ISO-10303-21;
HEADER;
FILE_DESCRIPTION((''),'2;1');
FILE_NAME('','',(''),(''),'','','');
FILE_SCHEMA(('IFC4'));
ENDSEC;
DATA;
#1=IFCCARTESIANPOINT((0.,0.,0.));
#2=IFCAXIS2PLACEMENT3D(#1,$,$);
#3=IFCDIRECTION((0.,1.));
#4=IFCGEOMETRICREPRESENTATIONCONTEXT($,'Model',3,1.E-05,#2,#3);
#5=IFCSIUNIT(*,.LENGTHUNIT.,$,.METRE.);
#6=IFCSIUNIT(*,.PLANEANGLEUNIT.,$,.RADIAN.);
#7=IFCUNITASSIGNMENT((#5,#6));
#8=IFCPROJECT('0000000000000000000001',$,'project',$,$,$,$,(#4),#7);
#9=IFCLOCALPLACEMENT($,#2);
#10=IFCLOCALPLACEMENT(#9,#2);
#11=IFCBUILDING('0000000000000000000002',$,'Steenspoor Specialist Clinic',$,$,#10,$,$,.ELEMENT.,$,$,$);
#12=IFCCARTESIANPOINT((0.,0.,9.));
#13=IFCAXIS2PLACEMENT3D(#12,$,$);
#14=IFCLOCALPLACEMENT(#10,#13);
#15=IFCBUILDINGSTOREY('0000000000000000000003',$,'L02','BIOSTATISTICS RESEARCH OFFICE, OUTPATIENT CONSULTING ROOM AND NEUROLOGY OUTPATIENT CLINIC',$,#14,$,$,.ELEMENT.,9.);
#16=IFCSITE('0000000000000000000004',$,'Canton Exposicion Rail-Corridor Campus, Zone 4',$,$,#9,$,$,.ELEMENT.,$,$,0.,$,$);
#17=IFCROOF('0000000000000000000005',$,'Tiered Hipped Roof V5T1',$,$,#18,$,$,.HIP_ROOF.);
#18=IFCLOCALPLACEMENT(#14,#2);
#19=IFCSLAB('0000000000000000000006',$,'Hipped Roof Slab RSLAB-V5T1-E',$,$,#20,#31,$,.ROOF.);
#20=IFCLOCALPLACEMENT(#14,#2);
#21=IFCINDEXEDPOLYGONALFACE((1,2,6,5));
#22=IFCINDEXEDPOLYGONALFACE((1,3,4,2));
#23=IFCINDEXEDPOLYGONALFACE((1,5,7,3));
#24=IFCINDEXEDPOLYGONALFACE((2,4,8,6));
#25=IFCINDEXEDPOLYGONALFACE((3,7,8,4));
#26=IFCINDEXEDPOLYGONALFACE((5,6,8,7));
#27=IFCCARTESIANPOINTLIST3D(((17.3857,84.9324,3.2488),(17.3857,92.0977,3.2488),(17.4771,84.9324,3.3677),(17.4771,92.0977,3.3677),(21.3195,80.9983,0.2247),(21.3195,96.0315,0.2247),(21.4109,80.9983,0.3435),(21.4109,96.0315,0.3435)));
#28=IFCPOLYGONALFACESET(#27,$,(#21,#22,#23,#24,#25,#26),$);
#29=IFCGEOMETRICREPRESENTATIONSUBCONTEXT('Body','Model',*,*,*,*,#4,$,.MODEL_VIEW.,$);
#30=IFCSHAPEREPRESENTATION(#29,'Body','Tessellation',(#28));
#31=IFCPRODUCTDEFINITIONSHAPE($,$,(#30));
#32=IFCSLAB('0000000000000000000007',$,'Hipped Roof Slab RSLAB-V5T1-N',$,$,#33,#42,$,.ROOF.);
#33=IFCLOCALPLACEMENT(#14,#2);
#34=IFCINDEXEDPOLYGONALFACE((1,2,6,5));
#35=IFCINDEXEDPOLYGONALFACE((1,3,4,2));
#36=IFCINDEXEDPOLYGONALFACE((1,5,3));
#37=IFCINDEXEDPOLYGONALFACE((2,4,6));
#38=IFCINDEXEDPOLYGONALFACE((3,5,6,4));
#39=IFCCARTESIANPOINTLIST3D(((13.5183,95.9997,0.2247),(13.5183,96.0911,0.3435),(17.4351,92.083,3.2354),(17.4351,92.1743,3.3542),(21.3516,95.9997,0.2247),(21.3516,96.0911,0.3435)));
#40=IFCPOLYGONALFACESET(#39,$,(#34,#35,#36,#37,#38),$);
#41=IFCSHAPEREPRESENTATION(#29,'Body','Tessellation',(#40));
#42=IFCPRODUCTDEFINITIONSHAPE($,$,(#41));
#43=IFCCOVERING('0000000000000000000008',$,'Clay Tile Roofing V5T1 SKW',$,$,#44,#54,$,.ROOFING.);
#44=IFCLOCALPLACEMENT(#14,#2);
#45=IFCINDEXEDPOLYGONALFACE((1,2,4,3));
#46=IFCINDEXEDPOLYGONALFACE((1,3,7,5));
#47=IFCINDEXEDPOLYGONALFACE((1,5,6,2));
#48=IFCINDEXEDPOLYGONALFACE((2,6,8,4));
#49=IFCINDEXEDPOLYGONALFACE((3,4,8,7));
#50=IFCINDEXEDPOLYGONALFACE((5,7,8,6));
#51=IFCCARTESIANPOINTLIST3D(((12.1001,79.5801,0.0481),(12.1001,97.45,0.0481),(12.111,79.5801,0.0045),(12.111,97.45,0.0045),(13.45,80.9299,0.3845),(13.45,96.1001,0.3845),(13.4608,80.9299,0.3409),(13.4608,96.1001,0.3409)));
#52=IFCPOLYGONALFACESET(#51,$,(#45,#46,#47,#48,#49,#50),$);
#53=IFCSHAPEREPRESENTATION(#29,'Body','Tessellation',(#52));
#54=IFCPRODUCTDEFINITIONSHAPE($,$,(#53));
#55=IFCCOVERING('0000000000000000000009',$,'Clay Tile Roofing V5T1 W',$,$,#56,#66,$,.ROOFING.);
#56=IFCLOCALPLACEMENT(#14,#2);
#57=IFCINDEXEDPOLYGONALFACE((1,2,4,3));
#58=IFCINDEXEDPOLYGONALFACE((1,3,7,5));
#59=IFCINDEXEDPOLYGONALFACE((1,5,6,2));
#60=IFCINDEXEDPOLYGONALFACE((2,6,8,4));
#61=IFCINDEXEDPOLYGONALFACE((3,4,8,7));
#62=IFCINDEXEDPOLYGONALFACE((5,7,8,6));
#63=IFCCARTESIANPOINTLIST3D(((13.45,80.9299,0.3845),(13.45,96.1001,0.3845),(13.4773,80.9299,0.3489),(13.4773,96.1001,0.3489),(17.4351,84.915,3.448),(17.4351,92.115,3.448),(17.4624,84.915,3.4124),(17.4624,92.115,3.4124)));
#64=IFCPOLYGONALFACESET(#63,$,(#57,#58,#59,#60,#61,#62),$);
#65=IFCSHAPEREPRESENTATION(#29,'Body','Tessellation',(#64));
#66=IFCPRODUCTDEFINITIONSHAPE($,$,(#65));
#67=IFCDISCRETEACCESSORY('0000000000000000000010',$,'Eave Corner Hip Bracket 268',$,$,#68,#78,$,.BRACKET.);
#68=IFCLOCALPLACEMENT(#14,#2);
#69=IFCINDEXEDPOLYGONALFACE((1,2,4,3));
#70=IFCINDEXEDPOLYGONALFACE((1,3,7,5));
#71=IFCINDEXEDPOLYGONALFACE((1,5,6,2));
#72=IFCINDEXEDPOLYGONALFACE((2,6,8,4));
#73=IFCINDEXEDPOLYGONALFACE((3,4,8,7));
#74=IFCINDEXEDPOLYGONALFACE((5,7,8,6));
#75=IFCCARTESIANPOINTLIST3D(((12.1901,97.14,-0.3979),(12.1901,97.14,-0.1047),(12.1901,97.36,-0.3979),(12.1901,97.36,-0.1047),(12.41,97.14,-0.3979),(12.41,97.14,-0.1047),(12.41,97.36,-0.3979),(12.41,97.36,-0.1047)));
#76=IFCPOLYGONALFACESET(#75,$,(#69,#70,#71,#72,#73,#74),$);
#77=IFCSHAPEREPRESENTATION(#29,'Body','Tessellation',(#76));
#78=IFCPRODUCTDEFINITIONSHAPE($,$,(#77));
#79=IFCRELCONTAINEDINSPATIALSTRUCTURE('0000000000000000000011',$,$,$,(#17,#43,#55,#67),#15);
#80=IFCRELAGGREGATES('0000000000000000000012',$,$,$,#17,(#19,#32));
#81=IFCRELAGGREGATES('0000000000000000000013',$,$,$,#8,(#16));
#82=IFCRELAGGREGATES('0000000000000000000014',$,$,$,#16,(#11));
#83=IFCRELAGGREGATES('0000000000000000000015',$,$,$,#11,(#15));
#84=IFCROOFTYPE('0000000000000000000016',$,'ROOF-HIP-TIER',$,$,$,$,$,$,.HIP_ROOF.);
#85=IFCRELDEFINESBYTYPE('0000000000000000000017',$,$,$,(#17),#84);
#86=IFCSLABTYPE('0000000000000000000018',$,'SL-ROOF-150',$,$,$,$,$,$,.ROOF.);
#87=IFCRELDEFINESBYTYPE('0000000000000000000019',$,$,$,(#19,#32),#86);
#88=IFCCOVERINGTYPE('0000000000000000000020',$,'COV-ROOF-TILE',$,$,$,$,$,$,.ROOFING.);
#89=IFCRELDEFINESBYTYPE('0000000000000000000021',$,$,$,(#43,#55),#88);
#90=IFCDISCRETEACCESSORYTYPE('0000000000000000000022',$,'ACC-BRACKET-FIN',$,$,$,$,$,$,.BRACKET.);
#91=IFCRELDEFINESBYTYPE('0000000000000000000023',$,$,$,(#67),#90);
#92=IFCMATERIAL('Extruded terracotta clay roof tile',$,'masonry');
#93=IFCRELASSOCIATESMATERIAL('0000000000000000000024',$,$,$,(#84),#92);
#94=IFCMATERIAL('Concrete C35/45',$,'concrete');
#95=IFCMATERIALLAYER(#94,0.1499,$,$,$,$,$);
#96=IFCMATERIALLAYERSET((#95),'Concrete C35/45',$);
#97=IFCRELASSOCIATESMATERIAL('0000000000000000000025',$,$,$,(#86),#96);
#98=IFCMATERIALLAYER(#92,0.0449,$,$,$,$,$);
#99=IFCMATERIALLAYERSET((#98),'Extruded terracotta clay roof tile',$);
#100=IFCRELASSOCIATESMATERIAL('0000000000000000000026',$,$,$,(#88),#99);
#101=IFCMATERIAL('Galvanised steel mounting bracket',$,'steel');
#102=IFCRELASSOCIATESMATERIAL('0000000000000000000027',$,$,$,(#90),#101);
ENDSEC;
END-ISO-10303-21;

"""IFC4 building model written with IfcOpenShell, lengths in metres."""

from ifc_helpers import new_model, si_unit, direction, frame, origin, origin_2d, place, context, subcontext, project, spatial, polyline, rectangle, outline, extrude, material, layer, layer_set, type_object, element, aggregate, save


model = new_model("IFC4")

# Units and contexts
model_context = context("Model", 3, precision=1e-05, world=origin(), true_north=direction((0.0, 1.0)))
body_context = subcontext(model_context, "Body", "Model", "MODEL_VIEW")
ifc_project = project(units=[si_unit("LENGTHUNIT", "METRE"), si_unit("PLANEANGLEUNIT", "RADIAN")], contexts=[model_context])

# Site, building, storey
site_placement = place(None, origin())
site = spatial("IfcSite", under=ifc_project, at=site_placement, Name="Canton Exposicion Rail-Corridor Campus, Zone 4", CompositionType="ELEMENT", RefElevation=0.0)
building_placement = place(site_placement, origin())
building = spatial("IfcBuilding", under=site, at=building_placement, Name="Steenspoor Specialist Clinic", CompositionType="ELEMENT")
storey_placement = place(building_placement, frame((0.0, 0.0, 9.0)))
storey = spatial("IfcBuildingStorey", under=building, at=storey_placement, Name="L02", Description="BIOSTATISTICS RESEARCH OFFICE, OUTPATIENT CONSULTING ROOM AND NEUROLOGY OUTPATIENT CLINIC", CompositionType="ELEMENT", Elevation=9.0)

# Roof, slabs
ifc_material_1 = material(Name="Extruded terracotta clay roof tile", Category="masonry")
roof_type = type_object("IfcRoofType", Name="ROOF-HIP-TIER", PredefinedType="HIP_ROOF", material=ifc_material_1)
roof_placement = place(storey_placement, origin())
roof = element("IfcRoof", 1, at=roof_placement, inside=storey, type_object=roof_type, Name="Tiered Hipped Roof V5T1", PredefinedType="HIP_ROOF")
ifc_material_2 = material(Name="Concrete C35/45", Category="concrete")
ifc_layer_1 = layer(ifc_material_2, 0.1499)
ifc_layer_set_1 = layer_set([ifc_layer_1], Name="Concrete C35/45")
slab_type = type_object("IfcSlabType", Name="SL-ROOF-150", PredefinedType="ROOF", material=ifc_layer_set_1)
slab_1_placement = place(storey_placement, frame((21.4109, 96.0315, 0.3435), z_axis=(0.609475, 0.0, 0.792805), x_axis=(-0.621251, -0.621251, 0.477592)))
slab_1 = element("IfcSlab", 2, at=slab_1_placement, type_object=slab_type, Name="Hipped Roof Slab RSLAB-V5T1-E", PredefinedType="ROOF", context=body_context, shape_type="SweptSolid", body=[
    extrude(outline(polyline([(0.0, 0.0), (6.3321, 0.0), (10.7836, 5.6148), (9.3394, 11.7802), (0.0, 0.0)])), origin(), (0.0, 0.0, -1.0), 0.1499),
])
slab_2_placement = place(storey_placement, frame((17.4351, 92.1743, 3.3542), z_axis=(0.0, 0.609438, 0.792833), x_axis=(0.621241, 0.62128, -0.477568)))
slab_2 = element("IfcSlab", 3, at=slab_2_placement, type_object=slab_type, Name="Hipped Roof Slab RSLAB-V5T1-N", PredefinedType="ROOF", context=body_context, shape_type="SweptSolid", body=[
    extrude(outline(polyline([(0.0, 0.0), (6.3043, 0.0), (1.438, 6.1383), (0.0, 0.0)])), origin(), (0.0, 0.0, -1.0), 0.1499),
])
aggregate(roof, [slab_1, slab_2])

# Coverings
ifc_layer_2 = layer(ifc_material_1, 0.0449)
ifc_layer_set_2 = layer_set([ifc_layer_2], Name="Extruded terracotta clay roof tile")
covering_type = type_object("IfcCoveringType", Name="COV-ROOF-TILE", PredefinedType="ROOFING", material=ifc_layer_set_2)
covering_1_placement = place(storey_placement, frame((12.1001, 97.45, 0.0481), z_axis=(-0.241834, 0.0, 0.970318), x_axis=(0.0, -1.0, 0.0)))
element("IfcCovering", 4, at=covering_1_placement, inside=storey, type_object=covering_type, Name="Clay Tile Roofing V5T1 SKW", PredefinedType="ROOFING", context=body_context, shape_type="SweptSolid", body=[
    extrude(outline(polyline([(0.0, 0.0), (17.8699, 0.0), (16.52, 1.3911), (1.3499, 1.3911), (0.0, 0.0)])), origin(), (0.0, 0.0, -1.0), 0.0449),
])
covering_2_placement = place(storey_placement, frame((13.45, 96.1001, 0.3845), z_axis=(-0.609462, 0.0, 0.792815), x_axis=(0.0, -1.0, 0.0)))
element("IfcCovering", 5, at=covering_2_placement, inside=storey, type_object=covering_type, Name="Clay Tile Roofing V5T1 W", PredefinedType="ROOFING", context=body_context, shape_type="SweptSolid", body=[
    extrude(outline(polyline([(0.0, 0.0), (15.1702, 0.0), (11.1851, 5.0265), (3.9851, 5.0265), (0.0, 0.0)])), origin(), (0.0, 0.0, -1.0), 0.0449),
])

# Discrete accessory
ifc_material_3 = material(Name="Galvanised steel mounting bracket", Category="steel")
discrete_accessory_type = type_object("IfcDiscreteAccessoryType", Name="ACC-BRACKET-FIN", PredefinedType="BRACKET", material=ifc_material_3)
discrete_accessory_placement = place(storey_placement, frame((12.3, 97.25, -0.3979), z_axis=(0.0, 0.0, 1.0), x_axis=(1.0, 0.0, 0.0)))
element("IfcDiscreteAccessory", 6, at=discrete_accessory_placement, inside=storey, type_object=discrete_accessory_type, Name="Eave Corner Hip Bracket 268", PredefinedType="BRACKET", context=body_context, shape_type="SweptSolid", body=[
    extrude(rectangle(XDim=0.22, YDim=0.22, at=origin_2d()), origin(), (0.0, 0.0, 1.0), 0.2932),
])

save(model, "model.ifc")
